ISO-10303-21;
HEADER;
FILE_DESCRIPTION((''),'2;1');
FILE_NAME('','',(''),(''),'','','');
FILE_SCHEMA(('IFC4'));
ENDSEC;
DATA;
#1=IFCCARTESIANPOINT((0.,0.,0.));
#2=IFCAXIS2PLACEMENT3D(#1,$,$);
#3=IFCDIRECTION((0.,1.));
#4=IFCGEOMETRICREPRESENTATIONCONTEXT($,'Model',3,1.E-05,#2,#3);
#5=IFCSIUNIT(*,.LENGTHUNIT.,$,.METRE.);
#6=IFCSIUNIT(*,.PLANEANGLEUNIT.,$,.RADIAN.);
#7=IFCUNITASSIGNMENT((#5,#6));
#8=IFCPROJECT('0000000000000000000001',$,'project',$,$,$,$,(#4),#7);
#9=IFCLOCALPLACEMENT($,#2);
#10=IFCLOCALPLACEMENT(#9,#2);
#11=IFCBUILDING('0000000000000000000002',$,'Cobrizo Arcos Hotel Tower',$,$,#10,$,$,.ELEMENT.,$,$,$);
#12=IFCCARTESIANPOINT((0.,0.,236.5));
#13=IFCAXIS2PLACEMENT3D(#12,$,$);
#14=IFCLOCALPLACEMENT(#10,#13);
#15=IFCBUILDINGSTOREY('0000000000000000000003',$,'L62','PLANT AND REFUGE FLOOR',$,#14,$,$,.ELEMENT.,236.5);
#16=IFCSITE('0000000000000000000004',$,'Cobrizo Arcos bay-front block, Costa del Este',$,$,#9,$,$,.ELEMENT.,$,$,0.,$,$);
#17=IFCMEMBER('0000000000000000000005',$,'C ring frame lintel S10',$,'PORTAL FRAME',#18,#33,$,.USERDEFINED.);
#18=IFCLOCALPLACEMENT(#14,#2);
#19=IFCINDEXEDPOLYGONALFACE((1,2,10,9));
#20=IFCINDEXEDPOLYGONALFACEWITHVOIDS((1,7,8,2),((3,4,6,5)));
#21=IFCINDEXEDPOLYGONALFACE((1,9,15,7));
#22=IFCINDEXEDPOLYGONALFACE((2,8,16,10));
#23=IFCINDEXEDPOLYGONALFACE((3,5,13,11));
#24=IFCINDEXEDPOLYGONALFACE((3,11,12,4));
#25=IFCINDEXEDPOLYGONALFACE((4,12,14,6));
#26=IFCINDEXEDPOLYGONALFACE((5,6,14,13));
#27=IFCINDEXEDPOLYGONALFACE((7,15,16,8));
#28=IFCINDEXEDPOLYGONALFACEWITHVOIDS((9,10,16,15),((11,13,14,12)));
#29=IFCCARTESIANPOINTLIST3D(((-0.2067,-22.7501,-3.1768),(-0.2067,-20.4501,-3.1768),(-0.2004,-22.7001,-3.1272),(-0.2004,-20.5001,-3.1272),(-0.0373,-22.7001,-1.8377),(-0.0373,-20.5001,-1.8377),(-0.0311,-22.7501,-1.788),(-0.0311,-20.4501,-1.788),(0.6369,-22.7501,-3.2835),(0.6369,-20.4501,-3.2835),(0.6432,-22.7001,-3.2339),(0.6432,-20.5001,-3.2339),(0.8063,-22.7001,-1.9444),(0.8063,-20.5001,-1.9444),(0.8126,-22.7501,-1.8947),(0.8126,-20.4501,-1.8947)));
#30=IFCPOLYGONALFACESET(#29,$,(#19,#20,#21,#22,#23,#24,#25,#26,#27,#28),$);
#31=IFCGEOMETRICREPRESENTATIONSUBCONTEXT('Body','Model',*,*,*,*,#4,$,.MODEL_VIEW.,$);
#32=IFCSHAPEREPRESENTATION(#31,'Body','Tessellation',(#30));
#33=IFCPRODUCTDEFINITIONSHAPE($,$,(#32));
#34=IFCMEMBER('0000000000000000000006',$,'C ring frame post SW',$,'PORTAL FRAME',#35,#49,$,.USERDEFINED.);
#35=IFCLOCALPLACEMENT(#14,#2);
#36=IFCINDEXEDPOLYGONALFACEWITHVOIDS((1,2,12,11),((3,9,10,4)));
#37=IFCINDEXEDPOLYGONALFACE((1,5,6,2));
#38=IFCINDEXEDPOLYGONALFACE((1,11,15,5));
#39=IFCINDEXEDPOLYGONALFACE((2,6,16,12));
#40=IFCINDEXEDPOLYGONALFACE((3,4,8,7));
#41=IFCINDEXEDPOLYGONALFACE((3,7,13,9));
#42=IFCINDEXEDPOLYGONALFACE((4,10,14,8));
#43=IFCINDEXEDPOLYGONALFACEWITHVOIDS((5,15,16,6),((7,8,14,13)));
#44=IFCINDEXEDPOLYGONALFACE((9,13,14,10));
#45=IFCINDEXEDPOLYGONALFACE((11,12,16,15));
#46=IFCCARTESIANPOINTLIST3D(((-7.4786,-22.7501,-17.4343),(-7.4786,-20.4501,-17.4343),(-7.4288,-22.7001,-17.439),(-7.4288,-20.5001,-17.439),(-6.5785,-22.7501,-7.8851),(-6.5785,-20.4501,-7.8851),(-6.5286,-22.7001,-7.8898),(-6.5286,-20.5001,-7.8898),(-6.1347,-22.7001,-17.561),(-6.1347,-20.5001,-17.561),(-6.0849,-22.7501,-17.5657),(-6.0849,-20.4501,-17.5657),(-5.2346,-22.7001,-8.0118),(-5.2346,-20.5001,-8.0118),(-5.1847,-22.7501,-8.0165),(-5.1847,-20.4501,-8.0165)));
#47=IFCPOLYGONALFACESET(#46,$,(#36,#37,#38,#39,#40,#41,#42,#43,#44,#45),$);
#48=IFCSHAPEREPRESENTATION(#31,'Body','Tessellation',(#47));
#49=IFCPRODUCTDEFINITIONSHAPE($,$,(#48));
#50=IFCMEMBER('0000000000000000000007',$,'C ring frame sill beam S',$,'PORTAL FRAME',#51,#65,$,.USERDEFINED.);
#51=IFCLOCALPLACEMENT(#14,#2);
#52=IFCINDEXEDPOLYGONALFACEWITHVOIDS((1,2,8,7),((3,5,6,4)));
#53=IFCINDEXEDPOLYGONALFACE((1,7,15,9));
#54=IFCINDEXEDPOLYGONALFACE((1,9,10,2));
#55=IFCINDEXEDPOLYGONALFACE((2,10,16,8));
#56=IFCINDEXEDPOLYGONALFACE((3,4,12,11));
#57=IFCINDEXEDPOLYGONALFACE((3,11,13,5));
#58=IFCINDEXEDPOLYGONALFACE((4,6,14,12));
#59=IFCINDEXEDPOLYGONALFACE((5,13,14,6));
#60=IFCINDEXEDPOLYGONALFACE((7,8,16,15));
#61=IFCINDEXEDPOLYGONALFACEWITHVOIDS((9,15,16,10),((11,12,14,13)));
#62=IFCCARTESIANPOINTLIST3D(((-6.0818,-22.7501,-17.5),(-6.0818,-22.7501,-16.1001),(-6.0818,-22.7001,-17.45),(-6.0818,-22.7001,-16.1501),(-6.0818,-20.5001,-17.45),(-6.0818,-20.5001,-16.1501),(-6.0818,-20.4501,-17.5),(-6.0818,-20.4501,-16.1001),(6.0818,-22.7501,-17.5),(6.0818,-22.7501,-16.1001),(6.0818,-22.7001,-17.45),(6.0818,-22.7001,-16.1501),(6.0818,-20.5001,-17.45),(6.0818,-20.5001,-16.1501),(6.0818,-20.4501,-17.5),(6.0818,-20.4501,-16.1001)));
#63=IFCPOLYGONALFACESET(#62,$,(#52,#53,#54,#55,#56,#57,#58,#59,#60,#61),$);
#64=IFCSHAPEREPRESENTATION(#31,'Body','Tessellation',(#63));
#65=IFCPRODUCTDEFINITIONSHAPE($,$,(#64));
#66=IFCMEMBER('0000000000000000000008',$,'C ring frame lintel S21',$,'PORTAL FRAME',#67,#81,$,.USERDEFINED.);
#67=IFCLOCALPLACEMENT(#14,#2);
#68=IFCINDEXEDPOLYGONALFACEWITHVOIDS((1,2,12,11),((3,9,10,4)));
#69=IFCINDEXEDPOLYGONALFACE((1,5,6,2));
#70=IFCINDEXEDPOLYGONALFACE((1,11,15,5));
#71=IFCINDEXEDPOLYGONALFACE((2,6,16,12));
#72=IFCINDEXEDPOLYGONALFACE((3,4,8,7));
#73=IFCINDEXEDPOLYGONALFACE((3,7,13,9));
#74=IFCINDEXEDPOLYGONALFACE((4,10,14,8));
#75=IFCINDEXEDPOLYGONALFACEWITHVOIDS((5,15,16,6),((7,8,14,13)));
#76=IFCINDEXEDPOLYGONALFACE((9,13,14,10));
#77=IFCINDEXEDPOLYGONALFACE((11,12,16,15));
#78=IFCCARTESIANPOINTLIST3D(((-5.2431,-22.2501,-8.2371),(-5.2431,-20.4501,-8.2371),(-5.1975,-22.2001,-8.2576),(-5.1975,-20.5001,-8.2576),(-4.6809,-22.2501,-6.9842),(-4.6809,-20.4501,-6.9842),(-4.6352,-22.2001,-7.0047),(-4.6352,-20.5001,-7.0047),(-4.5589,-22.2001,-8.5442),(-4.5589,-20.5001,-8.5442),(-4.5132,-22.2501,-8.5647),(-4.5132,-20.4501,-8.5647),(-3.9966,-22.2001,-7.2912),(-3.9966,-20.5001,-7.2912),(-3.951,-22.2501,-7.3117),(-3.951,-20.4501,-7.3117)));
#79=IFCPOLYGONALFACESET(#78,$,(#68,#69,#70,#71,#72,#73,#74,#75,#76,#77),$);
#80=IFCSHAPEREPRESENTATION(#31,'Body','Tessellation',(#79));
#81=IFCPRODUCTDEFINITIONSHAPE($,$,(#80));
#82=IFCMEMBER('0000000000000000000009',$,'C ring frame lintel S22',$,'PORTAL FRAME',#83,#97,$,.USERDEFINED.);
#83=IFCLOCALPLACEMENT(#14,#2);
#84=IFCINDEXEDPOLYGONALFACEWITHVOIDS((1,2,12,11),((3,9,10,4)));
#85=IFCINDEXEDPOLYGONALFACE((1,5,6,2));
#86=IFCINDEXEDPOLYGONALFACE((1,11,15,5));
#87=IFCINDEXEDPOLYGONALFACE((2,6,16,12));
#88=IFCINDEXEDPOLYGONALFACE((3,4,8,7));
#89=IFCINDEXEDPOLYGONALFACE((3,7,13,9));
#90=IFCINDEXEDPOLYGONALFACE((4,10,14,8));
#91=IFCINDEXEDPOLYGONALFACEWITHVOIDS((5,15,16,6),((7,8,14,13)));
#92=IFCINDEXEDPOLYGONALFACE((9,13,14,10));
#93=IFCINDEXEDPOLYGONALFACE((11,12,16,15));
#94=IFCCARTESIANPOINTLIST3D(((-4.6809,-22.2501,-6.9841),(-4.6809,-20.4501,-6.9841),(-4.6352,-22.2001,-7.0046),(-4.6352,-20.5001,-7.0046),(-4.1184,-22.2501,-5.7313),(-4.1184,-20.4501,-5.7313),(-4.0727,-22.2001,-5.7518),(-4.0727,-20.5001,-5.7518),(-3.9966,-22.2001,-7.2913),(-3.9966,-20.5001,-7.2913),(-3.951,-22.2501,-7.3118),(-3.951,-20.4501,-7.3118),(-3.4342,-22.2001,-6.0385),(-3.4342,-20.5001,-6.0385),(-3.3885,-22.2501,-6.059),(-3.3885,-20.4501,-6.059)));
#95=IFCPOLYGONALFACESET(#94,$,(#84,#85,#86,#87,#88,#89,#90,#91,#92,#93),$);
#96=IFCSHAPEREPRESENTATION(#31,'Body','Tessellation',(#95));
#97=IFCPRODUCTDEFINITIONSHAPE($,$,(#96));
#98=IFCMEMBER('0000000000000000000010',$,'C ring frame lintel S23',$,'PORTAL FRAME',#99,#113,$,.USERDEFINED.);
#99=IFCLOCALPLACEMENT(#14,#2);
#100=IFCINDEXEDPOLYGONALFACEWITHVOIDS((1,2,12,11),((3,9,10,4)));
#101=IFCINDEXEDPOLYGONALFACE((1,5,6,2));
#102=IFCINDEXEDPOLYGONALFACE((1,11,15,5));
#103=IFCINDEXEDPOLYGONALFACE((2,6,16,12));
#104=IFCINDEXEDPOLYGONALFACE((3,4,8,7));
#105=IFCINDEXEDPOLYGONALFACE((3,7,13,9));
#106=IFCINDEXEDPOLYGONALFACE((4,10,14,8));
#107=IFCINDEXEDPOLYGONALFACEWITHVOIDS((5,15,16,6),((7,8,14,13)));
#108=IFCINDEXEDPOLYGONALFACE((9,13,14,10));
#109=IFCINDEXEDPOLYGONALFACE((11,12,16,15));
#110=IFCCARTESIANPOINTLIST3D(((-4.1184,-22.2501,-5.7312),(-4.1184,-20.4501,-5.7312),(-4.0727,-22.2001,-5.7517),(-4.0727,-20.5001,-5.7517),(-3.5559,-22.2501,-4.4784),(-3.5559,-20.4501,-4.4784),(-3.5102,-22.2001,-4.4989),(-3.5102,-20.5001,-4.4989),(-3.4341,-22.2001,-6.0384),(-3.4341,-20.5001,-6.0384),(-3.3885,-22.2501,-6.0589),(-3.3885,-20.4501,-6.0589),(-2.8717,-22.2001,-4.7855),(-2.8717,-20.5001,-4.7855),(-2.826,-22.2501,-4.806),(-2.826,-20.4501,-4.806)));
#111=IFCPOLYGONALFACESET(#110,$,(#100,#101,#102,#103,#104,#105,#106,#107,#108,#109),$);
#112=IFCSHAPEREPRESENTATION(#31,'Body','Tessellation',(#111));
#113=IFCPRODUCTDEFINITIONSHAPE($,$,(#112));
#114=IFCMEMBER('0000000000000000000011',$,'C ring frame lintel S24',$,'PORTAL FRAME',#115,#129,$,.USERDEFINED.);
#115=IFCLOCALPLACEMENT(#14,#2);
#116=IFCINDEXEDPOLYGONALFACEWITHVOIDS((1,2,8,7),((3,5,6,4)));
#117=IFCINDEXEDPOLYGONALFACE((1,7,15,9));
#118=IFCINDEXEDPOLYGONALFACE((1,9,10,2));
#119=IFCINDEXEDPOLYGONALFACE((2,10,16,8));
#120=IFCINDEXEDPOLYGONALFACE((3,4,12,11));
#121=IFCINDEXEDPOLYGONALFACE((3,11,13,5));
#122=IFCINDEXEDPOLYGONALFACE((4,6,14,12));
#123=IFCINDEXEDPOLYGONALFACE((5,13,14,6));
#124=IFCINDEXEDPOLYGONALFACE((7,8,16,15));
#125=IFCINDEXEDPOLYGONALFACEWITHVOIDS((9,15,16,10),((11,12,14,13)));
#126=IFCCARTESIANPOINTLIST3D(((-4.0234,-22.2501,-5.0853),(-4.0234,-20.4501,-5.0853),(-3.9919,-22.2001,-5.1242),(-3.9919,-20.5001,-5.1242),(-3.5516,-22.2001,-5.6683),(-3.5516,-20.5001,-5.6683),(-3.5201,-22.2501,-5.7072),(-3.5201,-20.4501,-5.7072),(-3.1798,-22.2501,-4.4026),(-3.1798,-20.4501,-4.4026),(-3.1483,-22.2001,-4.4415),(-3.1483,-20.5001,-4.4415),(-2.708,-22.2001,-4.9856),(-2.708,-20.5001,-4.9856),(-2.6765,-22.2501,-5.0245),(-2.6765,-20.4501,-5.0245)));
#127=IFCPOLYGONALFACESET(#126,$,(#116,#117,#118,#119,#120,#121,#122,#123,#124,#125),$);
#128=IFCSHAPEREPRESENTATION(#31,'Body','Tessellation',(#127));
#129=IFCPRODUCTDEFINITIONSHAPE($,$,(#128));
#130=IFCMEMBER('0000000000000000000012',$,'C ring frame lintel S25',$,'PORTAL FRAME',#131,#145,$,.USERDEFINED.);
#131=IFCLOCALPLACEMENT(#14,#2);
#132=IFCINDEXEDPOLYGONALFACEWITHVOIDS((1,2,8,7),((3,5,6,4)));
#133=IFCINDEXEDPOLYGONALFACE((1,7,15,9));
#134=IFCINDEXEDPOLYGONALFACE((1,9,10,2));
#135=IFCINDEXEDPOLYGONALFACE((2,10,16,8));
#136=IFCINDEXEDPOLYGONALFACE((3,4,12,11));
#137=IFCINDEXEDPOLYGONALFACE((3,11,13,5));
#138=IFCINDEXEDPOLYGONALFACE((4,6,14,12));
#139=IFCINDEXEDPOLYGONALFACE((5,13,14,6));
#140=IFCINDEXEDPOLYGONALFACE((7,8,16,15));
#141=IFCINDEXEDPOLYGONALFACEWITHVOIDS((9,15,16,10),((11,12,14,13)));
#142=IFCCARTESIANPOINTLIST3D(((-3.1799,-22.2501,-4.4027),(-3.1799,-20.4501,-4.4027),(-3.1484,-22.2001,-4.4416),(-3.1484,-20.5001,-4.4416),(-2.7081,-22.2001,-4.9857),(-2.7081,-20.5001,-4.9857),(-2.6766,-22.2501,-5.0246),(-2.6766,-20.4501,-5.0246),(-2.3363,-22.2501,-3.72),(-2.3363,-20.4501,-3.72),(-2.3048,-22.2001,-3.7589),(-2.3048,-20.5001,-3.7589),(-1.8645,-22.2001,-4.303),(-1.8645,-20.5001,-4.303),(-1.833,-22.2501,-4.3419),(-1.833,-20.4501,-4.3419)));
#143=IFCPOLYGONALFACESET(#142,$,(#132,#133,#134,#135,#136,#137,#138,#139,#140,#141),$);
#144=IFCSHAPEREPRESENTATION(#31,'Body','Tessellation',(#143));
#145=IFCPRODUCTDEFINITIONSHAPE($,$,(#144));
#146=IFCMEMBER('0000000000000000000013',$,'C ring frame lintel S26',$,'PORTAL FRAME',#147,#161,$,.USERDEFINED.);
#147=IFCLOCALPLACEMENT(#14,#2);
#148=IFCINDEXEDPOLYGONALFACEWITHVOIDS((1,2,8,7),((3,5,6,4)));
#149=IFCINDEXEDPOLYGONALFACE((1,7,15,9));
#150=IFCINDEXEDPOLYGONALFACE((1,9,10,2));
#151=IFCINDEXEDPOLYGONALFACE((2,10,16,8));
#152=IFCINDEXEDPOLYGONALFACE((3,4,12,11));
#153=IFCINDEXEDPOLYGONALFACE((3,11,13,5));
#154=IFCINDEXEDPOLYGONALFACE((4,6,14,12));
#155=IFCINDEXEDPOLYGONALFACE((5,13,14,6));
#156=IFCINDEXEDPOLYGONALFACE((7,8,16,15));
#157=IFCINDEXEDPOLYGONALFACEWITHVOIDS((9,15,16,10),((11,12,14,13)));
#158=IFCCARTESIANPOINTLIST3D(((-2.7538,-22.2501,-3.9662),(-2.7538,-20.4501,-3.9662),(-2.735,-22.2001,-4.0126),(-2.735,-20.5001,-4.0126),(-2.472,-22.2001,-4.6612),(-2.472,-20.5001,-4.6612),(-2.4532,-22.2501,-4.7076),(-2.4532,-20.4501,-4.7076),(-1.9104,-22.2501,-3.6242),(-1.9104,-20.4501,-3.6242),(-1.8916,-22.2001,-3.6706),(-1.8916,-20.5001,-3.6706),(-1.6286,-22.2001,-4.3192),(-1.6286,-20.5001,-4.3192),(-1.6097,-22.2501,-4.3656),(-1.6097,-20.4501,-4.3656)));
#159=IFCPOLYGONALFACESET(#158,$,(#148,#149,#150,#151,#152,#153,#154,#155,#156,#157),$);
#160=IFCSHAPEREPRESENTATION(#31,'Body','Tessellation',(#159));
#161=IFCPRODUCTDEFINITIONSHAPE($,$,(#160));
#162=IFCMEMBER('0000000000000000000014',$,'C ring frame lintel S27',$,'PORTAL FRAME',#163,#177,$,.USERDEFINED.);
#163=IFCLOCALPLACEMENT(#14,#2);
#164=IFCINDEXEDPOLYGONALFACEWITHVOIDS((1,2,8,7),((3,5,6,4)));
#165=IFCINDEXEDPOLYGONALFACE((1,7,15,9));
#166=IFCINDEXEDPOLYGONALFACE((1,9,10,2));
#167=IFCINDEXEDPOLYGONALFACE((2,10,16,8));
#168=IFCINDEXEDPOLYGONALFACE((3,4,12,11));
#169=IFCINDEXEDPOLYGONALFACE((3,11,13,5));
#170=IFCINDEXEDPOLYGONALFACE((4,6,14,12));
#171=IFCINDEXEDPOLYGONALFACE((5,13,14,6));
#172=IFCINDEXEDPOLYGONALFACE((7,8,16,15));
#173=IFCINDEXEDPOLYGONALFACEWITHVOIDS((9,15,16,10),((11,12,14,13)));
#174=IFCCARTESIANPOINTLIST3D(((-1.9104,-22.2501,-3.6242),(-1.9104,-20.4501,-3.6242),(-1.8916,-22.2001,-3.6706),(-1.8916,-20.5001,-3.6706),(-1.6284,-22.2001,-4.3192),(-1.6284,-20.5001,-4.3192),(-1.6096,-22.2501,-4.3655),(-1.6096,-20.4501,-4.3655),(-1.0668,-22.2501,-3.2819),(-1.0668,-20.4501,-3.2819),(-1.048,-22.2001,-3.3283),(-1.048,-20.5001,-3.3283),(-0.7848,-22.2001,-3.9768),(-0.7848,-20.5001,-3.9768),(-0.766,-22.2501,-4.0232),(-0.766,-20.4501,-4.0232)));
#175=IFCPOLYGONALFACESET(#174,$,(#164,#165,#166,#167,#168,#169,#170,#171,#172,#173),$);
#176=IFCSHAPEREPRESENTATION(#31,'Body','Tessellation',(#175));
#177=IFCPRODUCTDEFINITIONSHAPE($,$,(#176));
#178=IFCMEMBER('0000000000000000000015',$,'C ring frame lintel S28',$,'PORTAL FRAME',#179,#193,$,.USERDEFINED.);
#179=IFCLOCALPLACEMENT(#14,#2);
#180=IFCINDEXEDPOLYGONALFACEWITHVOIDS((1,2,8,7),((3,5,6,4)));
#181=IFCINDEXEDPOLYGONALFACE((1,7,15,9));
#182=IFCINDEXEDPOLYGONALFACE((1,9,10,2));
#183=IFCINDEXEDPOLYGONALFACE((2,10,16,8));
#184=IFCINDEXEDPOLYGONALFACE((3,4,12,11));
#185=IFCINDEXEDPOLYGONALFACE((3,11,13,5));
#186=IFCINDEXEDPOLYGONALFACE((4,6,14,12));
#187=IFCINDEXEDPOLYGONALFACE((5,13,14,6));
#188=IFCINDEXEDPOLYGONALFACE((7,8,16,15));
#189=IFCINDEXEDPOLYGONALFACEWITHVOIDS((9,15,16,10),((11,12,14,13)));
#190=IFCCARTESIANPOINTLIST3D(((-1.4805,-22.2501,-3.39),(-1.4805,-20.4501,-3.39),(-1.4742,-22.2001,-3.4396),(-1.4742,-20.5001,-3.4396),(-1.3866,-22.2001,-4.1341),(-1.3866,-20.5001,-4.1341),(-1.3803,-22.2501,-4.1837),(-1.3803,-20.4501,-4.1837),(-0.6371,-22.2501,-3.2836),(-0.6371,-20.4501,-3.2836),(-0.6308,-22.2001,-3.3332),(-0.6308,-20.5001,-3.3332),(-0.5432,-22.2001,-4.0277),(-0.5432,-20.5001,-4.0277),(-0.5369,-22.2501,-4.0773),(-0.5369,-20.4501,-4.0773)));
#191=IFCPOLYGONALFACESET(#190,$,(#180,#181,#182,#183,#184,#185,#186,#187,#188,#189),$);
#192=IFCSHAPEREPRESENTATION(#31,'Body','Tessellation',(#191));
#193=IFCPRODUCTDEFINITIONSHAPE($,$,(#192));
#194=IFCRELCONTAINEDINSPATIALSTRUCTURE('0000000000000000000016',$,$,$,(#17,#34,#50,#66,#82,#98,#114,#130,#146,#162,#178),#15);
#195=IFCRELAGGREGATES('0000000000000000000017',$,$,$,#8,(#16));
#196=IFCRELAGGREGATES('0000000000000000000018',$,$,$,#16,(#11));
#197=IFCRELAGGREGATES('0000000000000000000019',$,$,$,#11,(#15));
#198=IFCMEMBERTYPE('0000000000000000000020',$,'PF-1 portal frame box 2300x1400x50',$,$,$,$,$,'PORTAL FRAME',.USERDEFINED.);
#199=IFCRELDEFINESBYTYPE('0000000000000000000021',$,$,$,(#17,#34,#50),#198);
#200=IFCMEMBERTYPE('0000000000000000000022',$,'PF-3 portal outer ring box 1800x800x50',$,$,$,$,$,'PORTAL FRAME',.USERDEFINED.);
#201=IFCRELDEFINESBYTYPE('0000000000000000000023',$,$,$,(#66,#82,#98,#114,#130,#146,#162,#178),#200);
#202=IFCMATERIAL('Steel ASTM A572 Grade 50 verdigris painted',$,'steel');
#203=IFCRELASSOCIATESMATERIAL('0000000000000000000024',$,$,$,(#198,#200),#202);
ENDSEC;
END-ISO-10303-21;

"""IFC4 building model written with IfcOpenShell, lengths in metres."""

from ifc_helpers import new_model, si_unit, direction, frame, origin, origin_2d, place, context, subcontext, project, spatial, hollow_rectangle, extrude, material, material_profile, profile_set, type_object, element, save


model = new_model("IFC4")

# Units and contexts
model_context = context("Model", 3, precision=1e-05, world=origin(), true_north=direction((0.0, 1.0)))
body_context = subcontext(model_context, "Body", "Model", "MODEL_VIEW")
ifc_project = project(units=[si_unit("LENGTHUNIT", "METRE"), si_unit("PLANEANGLEUNIT", "RADIAN")], contexts=[model_context])

# Site, building, storey
site_placement = place(None, origin())
site = spatial("IfcSite", under=ifc_project, at=site_placement, Name="Cobrizo Arcos bay-front block, Costa del Este", CompositionType="ELEMENT", RefElevation=0.0)
building_placement = place(site_placement, origin())
building = spatial("IfcBuilding", under=site, at=building_placement, Name="Cobrizo Arcos Hotel Tower", CompositionType="ELEMENT")
storey_placement = place(building_placement, frame((0.0, 0.0, 236.5)))
storey = spatial("IfcBuildingStorey", under=building, at=storey_placement, Name="L62", Description="PLANT AND REFUGE FLOOR", CompositionType="ELEMENT", Elevation=236.5)

# Members
ifc_material_1 = material(Name="Steel ASTM A572 Grade 50 verdigris painted", Category="steel")
ifc_material_profile_1 = material_profile(ifc_material_1, hollow_rectangle(XDim=2.3, YDim=1.3999, WallThickness=0.05, at=origin_2d()), Name="PF-1 portal frame box 2300x1400x50")
ifc_profile_set_1 = profile_set([ifc_material_profile_1], Name="Steel ASTM A572 Grade 50 verdigris painted")
member_type_1 = type_object("IfcMemberType", Name="PF-1 portal frame box 2300x1400x50", ElementType="PORTAL FRAME", PredefinedType="USERDEFINED", material=ifc_profile_set_1)
for number, where, z_axis, x_axis, name in (
    (1, (-0.1189, -21.6001, -2.4824), (0.992096, 0.0, -0.125484), (0.0, 1.0, 0.0), "C ring frame lintel S10"),
):
    element("IfcMember", number, at=place(storey_placement, frame(where, z_axis=z_axis, x_axis=x_axis)), inside=storey, type_object=member_type_1, Name=name, ObjectType="PORTAL FRAME", PredefinedType="USERDEFINED", context=body_context, shape_type="SweptSolid", body=[
        extrude(hollow_rectangle(XDim=2.3, YDim=1.3999, WallThickness=0.05, at=origin_2d()), origin(), (0.0, 0.0, 1.0), 0.8503),
    ])
member_1_placement = place(storey_placement, frame((-6.7817, -21.6001, -17.5), z_axis=(0.093847, 0.0, 0.995587), x_axis=(0.0, 1.0, 0.0)))
element("IfcMember", 2, at=member_1_placement, inside=storey, type_object=member_type_1, Name="C ring frame post SW", ObjectType="PORTAL FRAME", PredefinedType="USERDEFINED", context=body_context, shape_type="SweptSolid", body=[
    extrude(hollow_rectangle(XDim=2.3, YDim=1.3999, WallThickness=0.05, at=origin_2d()), origin(), (0.0, 0.0, 1.0), 9.5916),
])
member_2_placement = place(storey_placement, frame((-6.0818, -21.6001, -16.8), z_axis=(1.0, 0.0, 0.0), x_axis=(0.0, 1.0, 0.0)))
element("IfcMember", 3, at=member_2_placement, inside=storey, type_object=member_type_1, Name="C ring frame sill beam S", ObjectType="PORTAL FRAME", PredefinedType="USERDEFINED", context=body_context, shape_type="SweptSolid", body=[
    extrude(hollow_rectangle(XDim=2.3, YDim=1.3999, WallThickness=0.05, at=origin_2d()), origin(), (0.0, 0.0, 1.0), 12.1636),
])
ifc_material_profile_2 = material_profile(ifc_material_1, hollow_rectangle(XDim=1.8, YDim=0.8, WallThickness=0.05, at=origin_2d()), Name="PF-3 portal outer ring box 1800x800x50")
ifc_profile_set_2 = profile_set([ifc_material_profile_2], Name="Steel ASTM A572 Grade 50 verdigris painted")
member_type_2 = type_object("IfcMemberType", Name="PF-3 portal outer ring box 1800x800x50", ElementType="PORTAL FRAME", PredefinedType="USERDEFINED", material=ifc_profile_set_2)
for number, where, z_axis, x_axis, name in (
    (4, (-4.8782, -21.3501, -8.4009), (0.409418, 0.0, 0.912347), (0.0, 1.0, 0.0), "C ring frame lintel S21"),
    (5, (-4.3159, -21.3501, -7.1479), (0.409566, 0.0, 0.91228), (0.0, 1.0, 0.0), "C ring frame lintel S22"),
    (6, (-3.7534, -21.3501, -5.895), (0.409566, 0.0, 0.91228), (0.0, 1.0, 0.0), "C ring frame lintel S23"),
):
    element("IfcMember", number, at=place(storey_placement, frame(where, z_axis=z_axis, x_axis=x_axis)), inside=storey, type_object=member_type_2, Name=name, ObjectType="PORTAL FRAME", PredefinedType="USERDEFINED", context=body_context, shape_type="SweptSolid", body=[
        extrude(hollow_rectangle(XDim=1.8, YDim=0.8, WallThickness=0.05, at=origin_2d()), origin(), (0.0, 0.0, 1.0), 1.3733),
    ])
for number, where, z_axis, x_axis, name in (
    (7, (-3.7717, -21.3501, -5.3962), (0.777344, 0.0, 0.629075), (0.0, 1.0, 0.0), "C ring frame lintel S24"),
    (8, (-2.9282, -21.3501, -4.7136), (0.777344, 0.0, 0.629075), (0.0, 1.0, 0.0), "C ring frame lintel S25"),
):
    element("IfcMember", number, at=place(storey_placement, frame(where, z_axis=z_axis, x_axis=x_axis)), inside=storey, type_object=member_type_2, Name=name, ObjectType="PORTAL FRAME", PredefinedType="USERDEFINED", context=body_context, shape_type="SweptSolid", body=[
        extrude(hollow_rectangle(XDim=1.8, YDim=0.8, WallThickness=0.05, at=origin_2d()), origin(), (0.0, 0.0, 1.0), 1.0852),
    ])
member_3_placement = place(storey_placement, frame((-2.6035, -21.3501, -4.3369), z_axis=(0.926709, 0.0, 0.37578), x_axis=(0.0, 1.0, 0.0)))
element("IfcMember", 9, at=member_3_placement, inside=storey, type_object=member_type_2, Name="C ring frame lintel S26", ObjectType="PORTAL FRAME", PredefinedType="USERDEFINED", context=body_context, shape_type="SweptSolid", body=[
    extrude(hollow_rectangle(XDim=1.8, YDim=0.8, WallThickness=0.05, at=origin_2d()), origin(), (0.0, 0.0, 1.0), 0.9102),
])
member_4_placement = place(storey_placement, frame((-1.76, -21.3501, -3.9949), z_axis=(0.926616, 0.0, 0.37601), x_axis=(0.0, 1.0, 0.0)))
element("IfcMember", 10, at=member_4_placement, inside=storey, type_object=member_type_2, Name="C ring frame lintel S27", ObjectType="PORTAL FRAME", PredefinedType="USERDEFINED", context=body_context, shape_type="SweptSolid", body=[
    extrude(hollow_rectangle(XDim=1.8, YDim=0.8, WallThickness=0.05, at=origin_2d()), origin(), (0.0, 0.0, 1.0), 0.9104),
])
for number, where, z_axis, x_axis, name in (
    (11, (-1.4304, -21.3501, -3.7869), (0.992131, 0.0, 0.125201), (0.0, 1.0, 0.0), "C ring frame lintel S28"),
):
    element("IfcMember", number, at=place(storey_placement, frame(where, z_axis=z_axis, x_axis=x_axis)), inside=storey, type_object=member_type_2, Name=name, ObjectType="PORTAL FRAME", PredefinedType="USERDEFINED", context=body_context, shape_type="SweptSolid", body=[
        extrude(hollow_rectangle(XDim=1.8, YDim=0.8, WallThickness=0.05, at=origin_2d()), origin(), (0.0, 0.0, 1.0), 0.8501),
    ])

save(model, "model.ifc")
